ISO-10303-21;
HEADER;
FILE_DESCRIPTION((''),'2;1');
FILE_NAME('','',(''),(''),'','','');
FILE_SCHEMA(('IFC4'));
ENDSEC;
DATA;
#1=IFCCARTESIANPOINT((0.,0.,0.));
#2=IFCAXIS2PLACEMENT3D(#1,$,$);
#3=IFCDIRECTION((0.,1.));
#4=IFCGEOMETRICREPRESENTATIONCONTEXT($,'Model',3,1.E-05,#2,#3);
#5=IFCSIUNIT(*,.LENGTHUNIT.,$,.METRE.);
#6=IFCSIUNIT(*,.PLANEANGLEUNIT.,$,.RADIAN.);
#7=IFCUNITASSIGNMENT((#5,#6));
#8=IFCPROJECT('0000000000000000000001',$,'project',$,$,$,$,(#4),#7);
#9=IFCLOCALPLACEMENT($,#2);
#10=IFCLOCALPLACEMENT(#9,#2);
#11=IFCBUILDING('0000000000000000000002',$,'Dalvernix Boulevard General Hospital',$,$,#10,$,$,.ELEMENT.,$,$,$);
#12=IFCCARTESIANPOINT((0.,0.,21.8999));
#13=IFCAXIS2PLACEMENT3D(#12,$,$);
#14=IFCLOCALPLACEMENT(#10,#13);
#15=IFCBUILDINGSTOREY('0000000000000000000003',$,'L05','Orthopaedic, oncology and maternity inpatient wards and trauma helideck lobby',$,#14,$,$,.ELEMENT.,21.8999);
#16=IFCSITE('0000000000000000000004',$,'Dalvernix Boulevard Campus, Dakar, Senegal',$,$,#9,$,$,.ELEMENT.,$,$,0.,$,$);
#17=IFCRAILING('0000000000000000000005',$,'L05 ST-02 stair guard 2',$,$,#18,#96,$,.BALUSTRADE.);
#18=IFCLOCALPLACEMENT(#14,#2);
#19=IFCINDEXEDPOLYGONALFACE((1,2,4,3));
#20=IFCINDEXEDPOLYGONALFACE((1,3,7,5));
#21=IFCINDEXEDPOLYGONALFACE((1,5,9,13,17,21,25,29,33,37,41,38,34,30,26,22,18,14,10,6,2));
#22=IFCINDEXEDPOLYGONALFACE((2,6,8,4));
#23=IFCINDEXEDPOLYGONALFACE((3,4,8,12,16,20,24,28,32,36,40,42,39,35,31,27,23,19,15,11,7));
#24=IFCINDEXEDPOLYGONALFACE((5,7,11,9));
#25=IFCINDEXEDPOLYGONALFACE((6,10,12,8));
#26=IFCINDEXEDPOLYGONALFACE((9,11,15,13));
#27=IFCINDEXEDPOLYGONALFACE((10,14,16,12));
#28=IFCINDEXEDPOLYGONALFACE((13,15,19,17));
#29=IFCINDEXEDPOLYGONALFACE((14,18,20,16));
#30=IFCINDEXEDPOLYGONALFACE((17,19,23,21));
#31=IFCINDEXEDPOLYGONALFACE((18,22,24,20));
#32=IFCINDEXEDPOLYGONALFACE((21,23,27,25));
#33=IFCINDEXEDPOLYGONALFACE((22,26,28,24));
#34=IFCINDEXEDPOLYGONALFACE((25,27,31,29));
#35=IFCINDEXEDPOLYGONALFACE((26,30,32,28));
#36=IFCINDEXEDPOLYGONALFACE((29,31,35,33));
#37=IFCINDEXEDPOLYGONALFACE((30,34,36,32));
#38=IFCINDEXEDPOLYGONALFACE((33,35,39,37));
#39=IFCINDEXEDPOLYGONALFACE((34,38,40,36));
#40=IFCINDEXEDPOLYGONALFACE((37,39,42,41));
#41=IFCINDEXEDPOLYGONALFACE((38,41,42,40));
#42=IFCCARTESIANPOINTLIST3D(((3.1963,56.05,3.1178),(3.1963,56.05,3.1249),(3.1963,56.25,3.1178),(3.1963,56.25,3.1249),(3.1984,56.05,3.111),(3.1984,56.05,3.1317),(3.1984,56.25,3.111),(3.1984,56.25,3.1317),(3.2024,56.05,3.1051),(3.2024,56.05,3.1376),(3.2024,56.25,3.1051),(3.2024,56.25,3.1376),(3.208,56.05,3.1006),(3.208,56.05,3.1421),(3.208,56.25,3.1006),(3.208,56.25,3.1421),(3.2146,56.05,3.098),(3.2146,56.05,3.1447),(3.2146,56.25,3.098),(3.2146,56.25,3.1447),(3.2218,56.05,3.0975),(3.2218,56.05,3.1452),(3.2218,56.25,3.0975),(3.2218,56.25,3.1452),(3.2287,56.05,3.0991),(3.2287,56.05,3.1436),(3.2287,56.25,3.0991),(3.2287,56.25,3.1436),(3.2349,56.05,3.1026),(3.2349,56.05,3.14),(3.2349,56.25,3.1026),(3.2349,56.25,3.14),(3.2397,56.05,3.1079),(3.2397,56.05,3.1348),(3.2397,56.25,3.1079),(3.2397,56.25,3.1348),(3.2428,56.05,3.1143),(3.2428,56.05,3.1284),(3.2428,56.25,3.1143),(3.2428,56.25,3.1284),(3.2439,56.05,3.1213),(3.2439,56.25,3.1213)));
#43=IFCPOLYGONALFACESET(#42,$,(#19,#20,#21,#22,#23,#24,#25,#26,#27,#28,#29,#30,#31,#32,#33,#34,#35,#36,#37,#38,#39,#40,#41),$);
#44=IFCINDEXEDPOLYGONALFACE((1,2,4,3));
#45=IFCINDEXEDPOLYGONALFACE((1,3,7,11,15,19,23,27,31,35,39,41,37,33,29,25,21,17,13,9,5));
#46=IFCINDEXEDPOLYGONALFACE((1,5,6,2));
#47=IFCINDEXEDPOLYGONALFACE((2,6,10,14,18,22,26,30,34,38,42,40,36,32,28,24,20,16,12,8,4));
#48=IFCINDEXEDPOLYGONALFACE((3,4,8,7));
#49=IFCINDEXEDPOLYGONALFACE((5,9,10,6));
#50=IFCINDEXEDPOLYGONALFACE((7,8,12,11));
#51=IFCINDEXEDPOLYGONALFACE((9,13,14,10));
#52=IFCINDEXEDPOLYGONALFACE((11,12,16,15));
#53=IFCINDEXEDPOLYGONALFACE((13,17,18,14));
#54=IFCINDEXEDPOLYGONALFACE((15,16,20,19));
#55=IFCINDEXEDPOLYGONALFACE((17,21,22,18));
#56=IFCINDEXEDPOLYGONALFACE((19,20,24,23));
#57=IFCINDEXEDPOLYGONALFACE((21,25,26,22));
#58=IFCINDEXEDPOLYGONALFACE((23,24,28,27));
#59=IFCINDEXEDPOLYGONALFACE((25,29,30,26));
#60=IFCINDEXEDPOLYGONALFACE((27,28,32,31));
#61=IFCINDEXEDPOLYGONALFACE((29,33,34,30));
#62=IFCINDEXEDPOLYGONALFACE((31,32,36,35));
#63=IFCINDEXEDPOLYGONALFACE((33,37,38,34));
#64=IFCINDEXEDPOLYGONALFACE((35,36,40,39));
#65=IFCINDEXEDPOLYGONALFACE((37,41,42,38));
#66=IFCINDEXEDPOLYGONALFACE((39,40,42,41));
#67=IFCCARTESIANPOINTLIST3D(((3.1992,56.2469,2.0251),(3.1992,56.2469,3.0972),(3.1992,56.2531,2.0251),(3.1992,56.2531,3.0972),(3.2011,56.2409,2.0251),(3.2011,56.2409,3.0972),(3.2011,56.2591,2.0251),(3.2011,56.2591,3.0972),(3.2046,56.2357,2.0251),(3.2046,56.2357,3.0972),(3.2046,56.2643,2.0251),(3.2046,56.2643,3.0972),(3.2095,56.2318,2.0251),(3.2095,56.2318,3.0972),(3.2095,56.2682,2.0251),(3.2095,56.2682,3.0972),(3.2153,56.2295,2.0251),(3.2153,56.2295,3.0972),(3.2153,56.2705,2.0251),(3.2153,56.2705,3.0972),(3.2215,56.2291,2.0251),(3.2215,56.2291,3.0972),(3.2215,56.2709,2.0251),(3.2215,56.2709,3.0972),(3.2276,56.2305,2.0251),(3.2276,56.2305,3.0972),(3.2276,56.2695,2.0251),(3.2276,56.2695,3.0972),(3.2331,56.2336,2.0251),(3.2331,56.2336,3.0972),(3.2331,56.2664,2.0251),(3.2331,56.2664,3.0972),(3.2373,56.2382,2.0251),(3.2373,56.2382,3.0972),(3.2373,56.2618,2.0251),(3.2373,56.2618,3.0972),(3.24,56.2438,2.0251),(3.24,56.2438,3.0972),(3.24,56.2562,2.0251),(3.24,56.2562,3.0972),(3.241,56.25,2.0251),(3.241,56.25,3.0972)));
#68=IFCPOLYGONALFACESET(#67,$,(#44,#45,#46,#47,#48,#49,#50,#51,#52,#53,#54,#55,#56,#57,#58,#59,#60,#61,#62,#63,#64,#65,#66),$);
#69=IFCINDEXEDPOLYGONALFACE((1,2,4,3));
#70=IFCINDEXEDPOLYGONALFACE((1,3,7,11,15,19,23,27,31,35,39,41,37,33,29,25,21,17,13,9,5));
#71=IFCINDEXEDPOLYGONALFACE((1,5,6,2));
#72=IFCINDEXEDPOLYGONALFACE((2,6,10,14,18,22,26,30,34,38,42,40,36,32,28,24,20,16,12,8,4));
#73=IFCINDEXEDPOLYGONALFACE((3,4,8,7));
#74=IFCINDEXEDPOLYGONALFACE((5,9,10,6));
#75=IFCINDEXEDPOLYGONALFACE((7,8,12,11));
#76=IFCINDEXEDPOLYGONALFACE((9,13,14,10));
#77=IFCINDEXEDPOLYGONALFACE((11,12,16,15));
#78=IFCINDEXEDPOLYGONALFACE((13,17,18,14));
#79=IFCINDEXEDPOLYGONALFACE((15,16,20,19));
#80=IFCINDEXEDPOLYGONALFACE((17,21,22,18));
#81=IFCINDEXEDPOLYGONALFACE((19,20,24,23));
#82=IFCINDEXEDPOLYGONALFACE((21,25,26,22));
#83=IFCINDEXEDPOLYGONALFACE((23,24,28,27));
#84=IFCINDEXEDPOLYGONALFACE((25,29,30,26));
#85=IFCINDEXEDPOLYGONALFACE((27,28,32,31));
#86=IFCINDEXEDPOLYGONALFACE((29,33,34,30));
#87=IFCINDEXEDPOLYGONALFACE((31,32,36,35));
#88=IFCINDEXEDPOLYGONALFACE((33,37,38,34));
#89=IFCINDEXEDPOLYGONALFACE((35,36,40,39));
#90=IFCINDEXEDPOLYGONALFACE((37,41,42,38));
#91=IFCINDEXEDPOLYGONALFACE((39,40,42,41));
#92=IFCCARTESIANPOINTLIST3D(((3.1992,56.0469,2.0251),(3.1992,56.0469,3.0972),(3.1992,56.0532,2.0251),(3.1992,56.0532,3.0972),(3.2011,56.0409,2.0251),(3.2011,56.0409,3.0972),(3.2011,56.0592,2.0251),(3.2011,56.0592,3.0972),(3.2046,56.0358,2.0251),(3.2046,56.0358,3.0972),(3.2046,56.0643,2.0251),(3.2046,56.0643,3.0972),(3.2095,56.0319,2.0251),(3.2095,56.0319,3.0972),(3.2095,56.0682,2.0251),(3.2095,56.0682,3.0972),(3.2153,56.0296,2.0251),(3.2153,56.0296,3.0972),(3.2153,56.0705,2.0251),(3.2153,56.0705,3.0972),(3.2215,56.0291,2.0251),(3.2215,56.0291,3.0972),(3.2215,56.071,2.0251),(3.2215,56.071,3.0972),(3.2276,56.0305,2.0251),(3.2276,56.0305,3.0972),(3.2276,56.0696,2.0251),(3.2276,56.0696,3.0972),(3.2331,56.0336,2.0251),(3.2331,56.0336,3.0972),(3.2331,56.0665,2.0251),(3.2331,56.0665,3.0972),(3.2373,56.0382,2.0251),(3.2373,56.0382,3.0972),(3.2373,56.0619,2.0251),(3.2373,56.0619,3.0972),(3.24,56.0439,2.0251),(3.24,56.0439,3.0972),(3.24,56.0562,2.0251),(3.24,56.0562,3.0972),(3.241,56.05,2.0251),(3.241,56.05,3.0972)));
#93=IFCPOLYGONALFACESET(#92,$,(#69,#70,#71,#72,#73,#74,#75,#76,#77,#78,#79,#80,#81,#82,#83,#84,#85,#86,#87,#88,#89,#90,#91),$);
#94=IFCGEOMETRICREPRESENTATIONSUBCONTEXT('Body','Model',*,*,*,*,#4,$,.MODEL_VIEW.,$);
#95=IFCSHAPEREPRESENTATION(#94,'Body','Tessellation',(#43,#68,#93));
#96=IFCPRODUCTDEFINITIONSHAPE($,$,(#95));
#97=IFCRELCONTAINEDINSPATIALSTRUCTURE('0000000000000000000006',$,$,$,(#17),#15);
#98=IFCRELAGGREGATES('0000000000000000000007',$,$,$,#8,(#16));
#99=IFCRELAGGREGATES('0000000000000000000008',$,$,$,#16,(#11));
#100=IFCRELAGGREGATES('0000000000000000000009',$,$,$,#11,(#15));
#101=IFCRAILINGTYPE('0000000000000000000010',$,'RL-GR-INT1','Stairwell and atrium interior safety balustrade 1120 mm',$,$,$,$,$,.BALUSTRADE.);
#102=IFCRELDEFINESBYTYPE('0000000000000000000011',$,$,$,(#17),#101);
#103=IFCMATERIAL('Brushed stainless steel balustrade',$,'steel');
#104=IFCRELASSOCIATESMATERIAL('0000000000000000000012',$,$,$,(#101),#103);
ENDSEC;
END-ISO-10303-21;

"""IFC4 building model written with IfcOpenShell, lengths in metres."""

from ifc_helpers import new_model, si_unit, direction, frame, origin, origin_2d, place, context, subcontext, project, spatial, circle, extrude, material, type_object, element, save


model = new_model("IFC4")

# Units and contexts
model_context = context("Model", 3, precision=1e-05, world=origin(), true_north=direction((0.0, 1.0)))
body_context = subcontext(model_context, "Body", "Model", "MODEL_VIEW")
ifc_project = project(units=[si_unit("LENGTHUNIT", "METRE"), si_unit("PLANEANGLEUNIT", "RADIAN")], contexts=[model_context])

# Site, building, storey
site_placement = place(None, origin())
site = spatial("IfcSite", under=ifc_project, at=site_placement, Name="Dalvernix Boulevard Campus, Dakar, Senegal", CompositionType="ELEMENT", RefElevation=0.0)
building_placement = place(site_placement, origin())
building = spatial("IfcBuilding", under=site, at=building_placement, Name="Dalvernix Boulevard General Hospital", CompositionType="ELEMENT")
storey_placement = place(building_placement, frame((0.0, 0.0, 21.8999)))
storey = spatial("IfcBuildingStorey", under=building, at=storey_placement, Name="L05", Description="Orthopaedic, oncology and maternity inpatient wards and trauma helideck lobby", CompositionType="ELEMENT", Elevation=21.8999)

# Railing
ifc_material_1 = material(Name="Brushed stainless steel balustrade", Category="steel")
railing_type_1 = type_object("IfcRailingType", Name="RL-GR-INT1", Description="Stairwell and atrium interior safety balustrade 1120 mm", PredefinedType="BALUSTRADE", material=ifc_material_1)
railing_1_placement = place(storey_placement, frame((3.22, 56.25, 2.0251)))
element("IfcRailing", 1, at=railing_1_placement, inside=storey, type_object=railing_type_1, Name="L05 ST-02 stair guard 2", PredefinedType="BALUSTRADE", context=body_context, shape_type="SweptSolid", body=[
    extrude(circle(Radius=0.0239, at=origin_2d()), frame((0.0, 0.0, 1.0962), z_axis=(0.0, -1.0, 0.0), x_axis=(1.0, 0.0, 0.0)), (0.0, 0.0, 1.0), 0.2),
    extrude(circle(Radius=0.021, at=origin_2d()), origin(), (0.0, 0.0, 1.0), 1.072),
    extrude(circle(Radius=0.021, at=origin_2d()), frame((0.0, -0.2, 0.0)), (0.0, 0.0, 1.0), 1.072),
])

save(model, "model.ifc")
